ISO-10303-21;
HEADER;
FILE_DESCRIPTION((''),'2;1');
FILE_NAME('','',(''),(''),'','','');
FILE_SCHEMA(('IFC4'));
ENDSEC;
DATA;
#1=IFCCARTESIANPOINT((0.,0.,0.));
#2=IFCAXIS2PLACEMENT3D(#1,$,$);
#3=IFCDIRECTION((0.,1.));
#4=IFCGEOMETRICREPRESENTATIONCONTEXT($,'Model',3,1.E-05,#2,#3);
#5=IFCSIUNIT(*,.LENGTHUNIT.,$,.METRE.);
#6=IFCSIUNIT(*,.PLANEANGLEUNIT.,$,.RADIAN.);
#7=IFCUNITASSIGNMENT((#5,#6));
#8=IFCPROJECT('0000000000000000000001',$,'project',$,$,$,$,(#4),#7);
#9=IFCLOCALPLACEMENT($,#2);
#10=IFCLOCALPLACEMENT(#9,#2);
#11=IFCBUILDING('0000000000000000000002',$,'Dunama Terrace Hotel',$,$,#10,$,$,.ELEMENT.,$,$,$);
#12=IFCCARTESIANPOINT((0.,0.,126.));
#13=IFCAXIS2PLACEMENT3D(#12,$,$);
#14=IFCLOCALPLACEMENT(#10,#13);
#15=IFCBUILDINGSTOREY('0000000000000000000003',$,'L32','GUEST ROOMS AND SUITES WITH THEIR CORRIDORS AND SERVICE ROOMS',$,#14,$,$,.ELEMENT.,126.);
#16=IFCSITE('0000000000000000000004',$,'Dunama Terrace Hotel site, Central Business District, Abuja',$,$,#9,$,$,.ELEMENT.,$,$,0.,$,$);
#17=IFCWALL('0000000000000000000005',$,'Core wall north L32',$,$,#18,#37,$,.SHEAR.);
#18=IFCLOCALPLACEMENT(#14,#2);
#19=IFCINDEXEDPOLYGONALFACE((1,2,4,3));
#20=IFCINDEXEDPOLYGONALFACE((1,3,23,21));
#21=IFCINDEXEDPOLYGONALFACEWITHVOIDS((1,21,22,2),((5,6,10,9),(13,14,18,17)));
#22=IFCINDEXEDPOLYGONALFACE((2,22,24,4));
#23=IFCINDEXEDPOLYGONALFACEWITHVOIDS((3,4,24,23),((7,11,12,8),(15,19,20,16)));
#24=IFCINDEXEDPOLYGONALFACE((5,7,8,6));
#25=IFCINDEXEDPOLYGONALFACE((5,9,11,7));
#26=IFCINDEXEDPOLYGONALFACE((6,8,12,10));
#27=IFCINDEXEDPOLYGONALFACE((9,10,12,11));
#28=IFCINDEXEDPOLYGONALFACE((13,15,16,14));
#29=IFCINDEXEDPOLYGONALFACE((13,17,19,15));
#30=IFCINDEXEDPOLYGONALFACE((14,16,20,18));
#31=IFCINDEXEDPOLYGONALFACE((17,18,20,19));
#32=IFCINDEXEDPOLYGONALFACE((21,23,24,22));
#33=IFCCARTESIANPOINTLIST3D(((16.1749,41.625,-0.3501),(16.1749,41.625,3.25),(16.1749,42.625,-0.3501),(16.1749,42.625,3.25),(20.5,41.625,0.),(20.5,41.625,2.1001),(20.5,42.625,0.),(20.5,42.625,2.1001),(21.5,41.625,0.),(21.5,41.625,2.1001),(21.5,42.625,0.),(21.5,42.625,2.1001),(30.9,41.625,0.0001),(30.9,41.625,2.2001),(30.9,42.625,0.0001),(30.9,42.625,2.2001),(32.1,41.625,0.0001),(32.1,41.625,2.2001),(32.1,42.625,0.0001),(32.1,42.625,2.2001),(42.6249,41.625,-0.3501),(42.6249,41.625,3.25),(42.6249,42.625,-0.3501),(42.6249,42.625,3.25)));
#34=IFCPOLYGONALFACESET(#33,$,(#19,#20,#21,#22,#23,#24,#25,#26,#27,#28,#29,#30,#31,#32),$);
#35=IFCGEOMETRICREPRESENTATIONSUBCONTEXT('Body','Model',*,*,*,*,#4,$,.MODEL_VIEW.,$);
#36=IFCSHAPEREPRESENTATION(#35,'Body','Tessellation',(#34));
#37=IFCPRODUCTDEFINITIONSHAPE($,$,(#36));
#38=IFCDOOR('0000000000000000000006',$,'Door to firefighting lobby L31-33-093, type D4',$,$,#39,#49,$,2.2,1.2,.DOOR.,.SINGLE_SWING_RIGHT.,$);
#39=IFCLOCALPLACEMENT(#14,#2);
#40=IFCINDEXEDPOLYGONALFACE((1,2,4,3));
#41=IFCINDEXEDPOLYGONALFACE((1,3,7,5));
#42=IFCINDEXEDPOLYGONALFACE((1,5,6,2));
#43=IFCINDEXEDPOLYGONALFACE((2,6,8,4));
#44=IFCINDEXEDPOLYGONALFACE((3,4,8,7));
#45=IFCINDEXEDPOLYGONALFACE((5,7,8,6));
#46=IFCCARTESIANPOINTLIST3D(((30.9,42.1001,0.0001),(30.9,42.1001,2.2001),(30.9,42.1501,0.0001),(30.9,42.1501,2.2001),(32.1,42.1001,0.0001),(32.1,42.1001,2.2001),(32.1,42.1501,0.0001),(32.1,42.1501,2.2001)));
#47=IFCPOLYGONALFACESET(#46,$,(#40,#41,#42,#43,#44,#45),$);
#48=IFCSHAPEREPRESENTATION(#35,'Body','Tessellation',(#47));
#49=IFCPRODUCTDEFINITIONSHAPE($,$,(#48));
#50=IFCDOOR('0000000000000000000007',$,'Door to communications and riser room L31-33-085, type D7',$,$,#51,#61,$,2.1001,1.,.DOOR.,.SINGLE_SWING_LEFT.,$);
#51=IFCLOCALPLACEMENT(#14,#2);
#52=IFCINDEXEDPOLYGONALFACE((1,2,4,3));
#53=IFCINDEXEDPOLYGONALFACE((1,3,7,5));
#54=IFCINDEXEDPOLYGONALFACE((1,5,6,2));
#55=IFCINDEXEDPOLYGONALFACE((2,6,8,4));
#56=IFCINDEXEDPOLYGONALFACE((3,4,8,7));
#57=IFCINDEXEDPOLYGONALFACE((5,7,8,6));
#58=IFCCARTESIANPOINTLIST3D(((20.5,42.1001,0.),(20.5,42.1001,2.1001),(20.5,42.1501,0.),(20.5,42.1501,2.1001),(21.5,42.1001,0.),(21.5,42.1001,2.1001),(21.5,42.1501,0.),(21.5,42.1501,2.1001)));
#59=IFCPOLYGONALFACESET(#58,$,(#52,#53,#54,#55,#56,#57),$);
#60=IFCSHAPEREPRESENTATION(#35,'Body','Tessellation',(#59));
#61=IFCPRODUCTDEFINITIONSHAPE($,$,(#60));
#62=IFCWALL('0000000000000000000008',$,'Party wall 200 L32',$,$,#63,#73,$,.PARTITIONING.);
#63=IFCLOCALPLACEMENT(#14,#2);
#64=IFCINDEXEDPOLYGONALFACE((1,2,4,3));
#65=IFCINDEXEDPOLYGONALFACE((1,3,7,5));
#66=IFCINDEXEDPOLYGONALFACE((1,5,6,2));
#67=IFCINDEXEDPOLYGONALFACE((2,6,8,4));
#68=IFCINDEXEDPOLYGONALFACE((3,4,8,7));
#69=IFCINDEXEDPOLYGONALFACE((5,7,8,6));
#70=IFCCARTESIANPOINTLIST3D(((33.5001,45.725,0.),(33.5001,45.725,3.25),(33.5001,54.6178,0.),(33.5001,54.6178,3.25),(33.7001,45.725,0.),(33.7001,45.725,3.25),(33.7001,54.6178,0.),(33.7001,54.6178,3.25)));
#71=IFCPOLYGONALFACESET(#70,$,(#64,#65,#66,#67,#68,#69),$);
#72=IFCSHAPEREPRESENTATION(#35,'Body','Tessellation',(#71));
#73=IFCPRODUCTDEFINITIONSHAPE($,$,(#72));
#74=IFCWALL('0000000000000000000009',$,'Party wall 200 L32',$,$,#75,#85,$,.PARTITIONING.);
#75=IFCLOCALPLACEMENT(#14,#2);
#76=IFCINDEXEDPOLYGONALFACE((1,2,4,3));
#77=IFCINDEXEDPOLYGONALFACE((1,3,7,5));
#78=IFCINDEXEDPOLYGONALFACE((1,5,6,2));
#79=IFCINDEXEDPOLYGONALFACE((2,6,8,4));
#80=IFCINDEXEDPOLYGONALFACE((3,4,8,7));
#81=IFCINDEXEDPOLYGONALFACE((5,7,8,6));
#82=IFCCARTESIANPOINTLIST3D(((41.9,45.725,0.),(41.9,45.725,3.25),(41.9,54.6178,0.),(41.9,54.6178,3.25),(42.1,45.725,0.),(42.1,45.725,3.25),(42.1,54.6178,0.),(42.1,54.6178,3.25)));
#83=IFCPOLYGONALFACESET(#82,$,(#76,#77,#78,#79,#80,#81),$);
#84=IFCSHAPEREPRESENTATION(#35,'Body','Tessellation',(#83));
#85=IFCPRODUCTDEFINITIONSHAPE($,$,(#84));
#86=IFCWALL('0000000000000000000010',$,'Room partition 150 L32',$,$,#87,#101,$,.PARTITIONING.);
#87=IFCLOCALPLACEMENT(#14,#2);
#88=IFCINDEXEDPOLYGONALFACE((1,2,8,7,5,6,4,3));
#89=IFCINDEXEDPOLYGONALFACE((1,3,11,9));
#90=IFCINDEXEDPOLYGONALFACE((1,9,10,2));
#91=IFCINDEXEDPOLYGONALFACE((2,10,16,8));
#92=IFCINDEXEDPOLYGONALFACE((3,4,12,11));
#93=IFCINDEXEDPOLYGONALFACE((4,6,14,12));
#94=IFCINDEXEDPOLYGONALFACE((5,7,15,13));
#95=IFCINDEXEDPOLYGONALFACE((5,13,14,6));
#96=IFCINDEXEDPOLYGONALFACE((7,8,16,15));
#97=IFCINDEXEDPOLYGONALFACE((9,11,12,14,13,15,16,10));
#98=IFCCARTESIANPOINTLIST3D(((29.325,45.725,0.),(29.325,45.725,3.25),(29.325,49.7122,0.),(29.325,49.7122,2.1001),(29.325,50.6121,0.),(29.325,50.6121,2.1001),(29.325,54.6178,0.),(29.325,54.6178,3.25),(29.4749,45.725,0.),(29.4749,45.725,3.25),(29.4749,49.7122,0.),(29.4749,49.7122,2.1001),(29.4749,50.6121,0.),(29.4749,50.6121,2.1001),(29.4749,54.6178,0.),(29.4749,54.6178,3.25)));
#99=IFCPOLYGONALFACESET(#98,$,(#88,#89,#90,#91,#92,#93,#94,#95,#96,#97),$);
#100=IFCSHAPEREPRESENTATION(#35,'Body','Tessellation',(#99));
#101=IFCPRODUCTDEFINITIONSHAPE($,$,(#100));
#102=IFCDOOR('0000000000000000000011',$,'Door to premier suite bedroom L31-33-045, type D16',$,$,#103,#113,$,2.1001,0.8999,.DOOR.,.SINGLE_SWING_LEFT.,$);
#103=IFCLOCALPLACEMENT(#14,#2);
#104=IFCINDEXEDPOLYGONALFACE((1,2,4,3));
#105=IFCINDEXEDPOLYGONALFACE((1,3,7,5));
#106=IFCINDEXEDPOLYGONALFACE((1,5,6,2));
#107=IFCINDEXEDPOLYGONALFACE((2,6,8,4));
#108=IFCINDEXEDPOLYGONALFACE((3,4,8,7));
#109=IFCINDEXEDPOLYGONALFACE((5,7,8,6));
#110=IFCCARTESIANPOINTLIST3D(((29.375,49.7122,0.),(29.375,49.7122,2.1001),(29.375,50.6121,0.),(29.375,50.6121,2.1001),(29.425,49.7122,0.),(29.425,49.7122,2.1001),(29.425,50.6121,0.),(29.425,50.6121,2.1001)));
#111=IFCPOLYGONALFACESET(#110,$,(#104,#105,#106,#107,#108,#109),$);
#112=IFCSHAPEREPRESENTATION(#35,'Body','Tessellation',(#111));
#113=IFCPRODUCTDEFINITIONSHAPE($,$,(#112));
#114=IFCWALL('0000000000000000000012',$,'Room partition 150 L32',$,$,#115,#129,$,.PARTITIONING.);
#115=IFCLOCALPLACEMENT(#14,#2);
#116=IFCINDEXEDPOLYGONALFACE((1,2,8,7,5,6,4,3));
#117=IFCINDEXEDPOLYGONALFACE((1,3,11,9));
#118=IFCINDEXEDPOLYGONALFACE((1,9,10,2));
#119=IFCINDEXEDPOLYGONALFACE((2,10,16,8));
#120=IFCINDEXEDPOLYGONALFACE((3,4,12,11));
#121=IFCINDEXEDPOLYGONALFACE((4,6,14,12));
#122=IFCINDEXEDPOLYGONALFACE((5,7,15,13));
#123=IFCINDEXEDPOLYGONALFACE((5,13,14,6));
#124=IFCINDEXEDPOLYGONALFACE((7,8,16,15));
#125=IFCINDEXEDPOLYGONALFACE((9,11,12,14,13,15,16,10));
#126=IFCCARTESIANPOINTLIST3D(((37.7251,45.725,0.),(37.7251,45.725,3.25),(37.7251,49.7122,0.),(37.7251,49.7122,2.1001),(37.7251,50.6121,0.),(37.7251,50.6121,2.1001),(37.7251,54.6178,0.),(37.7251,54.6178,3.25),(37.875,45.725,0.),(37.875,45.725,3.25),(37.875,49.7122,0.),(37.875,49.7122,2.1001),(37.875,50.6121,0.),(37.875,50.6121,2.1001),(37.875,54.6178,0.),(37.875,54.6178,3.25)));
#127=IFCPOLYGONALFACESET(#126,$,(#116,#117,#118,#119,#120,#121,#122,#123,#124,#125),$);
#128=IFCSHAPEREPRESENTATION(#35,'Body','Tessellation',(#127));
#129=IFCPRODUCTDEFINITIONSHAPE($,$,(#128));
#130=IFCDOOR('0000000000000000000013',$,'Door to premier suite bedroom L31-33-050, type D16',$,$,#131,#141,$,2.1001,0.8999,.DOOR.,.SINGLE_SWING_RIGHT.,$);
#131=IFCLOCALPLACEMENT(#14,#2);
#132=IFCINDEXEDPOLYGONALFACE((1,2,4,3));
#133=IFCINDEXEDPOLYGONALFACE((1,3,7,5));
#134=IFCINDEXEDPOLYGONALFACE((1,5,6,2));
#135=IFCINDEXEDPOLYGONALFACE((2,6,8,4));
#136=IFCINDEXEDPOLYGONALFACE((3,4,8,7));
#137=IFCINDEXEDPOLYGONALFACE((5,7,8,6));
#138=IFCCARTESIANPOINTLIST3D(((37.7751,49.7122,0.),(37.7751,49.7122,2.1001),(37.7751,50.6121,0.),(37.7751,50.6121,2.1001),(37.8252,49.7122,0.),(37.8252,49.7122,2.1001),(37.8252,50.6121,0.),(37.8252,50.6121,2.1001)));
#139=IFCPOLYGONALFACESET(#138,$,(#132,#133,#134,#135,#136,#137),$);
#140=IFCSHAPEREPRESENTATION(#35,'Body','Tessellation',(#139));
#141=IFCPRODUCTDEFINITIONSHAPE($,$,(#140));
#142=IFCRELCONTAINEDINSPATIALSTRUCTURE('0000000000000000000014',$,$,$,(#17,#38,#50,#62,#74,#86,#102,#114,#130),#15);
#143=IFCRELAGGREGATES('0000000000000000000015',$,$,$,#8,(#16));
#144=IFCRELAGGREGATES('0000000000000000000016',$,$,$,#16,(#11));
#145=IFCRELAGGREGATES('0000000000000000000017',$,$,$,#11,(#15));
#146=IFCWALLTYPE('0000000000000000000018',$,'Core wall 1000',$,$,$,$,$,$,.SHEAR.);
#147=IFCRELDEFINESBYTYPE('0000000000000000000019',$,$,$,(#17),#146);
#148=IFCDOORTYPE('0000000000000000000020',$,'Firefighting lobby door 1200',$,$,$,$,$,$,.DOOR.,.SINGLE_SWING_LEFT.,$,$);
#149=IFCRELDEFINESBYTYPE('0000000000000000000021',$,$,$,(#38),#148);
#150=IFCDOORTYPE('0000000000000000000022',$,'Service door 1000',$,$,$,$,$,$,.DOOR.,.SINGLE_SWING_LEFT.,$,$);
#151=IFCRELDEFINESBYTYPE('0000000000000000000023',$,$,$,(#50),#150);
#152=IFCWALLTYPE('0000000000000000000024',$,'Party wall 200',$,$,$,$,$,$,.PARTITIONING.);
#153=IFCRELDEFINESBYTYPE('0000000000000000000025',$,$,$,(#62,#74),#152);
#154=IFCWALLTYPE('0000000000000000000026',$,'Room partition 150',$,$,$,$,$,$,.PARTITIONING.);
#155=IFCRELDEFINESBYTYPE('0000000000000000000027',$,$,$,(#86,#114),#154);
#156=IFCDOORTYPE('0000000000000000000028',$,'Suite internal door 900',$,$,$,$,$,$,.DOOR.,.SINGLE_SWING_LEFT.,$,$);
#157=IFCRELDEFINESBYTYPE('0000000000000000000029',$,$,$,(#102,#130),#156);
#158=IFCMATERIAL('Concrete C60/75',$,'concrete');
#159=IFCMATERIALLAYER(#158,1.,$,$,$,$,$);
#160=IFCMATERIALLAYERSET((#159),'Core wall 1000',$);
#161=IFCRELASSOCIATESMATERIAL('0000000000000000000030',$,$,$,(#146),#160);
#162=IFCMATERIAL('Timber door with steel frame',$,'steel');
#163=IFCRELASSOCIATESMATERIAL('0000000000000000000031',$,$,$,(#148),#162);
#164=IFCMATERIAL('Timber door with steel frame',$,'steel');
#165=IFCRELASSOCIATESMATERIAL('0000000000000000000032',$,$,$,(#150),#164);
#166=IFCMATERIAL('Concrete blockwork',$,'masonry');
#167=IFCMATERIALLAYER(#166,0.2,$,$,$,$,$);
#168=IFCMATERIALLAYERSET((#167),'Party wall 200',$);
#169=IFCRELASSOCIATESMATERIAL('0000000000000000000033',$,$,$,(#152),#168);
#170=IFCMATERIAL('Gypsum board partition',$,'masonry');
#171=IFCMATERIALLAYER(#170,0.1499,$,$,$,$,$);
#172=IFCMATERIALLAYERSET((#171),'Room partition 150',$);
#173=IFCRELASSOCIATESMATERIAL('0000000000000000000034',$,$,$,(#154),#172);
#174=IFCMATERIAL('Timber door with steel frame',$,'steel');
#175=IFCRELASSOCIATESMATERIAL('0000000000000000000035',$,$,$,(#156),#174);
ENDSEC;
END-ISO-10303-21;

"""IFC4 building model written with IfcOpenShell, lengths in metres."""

from ifc_helpers import new_model, si_unit, direction, frame, frame_2d, origin, place, context, subcontext, project, spatial, rectangle, extrude, material, layer, layer_set, type_object, element, fill, save


model = new_model("IFC4")

# Units and contexts
model_context = context("Model", 3, precision=1e-05, world=origin(), true_north=direction((0.0, 1.0)))
body_context = subcontext(model_context, "Body", "Model", "MODEL_VIEW")
ifc_project = project(units=[si_unit("LENGTHUNIT", "METRE"), si_unit("PLANEANGLEUNIT", "RADIAN")], contexts=[model_context])

# Site, building, storey
site_placement = place(None, origin())
site = spatial("IfcSite", under=ifc_project, at=site_placement, Name="Dunama Terrace Hotel site, Central Business District, Abuja", CompositionType="ELEMENT", RefElevation=0.0)
building_placement = place(site_placement, origin())
building = spatial("IfcBuilding", under=site, at=building_placement, Name="Dunama Terrace Hotel", CompositionType="ELEMENT")
storey_placement = place(building_placement, frame((0.0, 0.0, 126.0)))
storey = spatial("IfcBuildingStorey", under=building, at=storey_placement, Name="L32", Description="GUEST ROOMS AND SUITES WITH THEIR CORRIDORS AND SERVICE ROOMS", CompositionType="ELEMENT", Elevation=126.0)

# Wall, openings, doors
ifc_material_1 = material(Name="Concrete C60/75", Category="concrete")
ifc_layer_1 = layer(ifc_material_1, 1.0)
ifc_layer_set_1 = layer_set([ifc_layer_1], Name="Core wall 1000")
wall_type_1 = type_object("IfcWallType", Name="Core wall 1000", PredefinedType="SHEAR", material=ifc_layer_set_1)
wall_1_placement = place(storey_placement, frame((42.625, 42.125, -0.3501), z_axis=(0.0, 0.0, 1.0), x_axis=(-1.0, 0.0, 0.0)))
wall_1 = element("IfcWall", 1, at=wall_1_placement, inside=storey, type_object=wall_type_1, Name="Core wall north L32", PredefinedType="SHEAR", context=body_context, shape_type="SweptSolid", body=[
    extrude(rectangle(XDim=26.45, YDim=1.0, at=frame_2d((13.2251, 0.0))), origin(), (0.0, 0.0, 1.0), 3.6001),
])
opening_1_placement = place(wall_1_placement, frame((21.125, 0.0, 0.3501)))
opening_1 = element("IfcOpeningElement", 2, at=opening_1_placement, cuts=wall_1, PredefinedType="OPENING", context=body_context, shape_type="SweptSolid", body=[
    extrude(rectangle(XDim=1.0, YDim=2.1001, at=frame_2d((0.5, 1.05))), frame((0.0, 0.51, 0.0), z_axis=(0.0, -1.0, 0.0), x_axis=(1.0, 0.0, 0.0)), (0.0, 0.0, 1.0), 1.02),
])
opening_2_placement = place(wall_1_placement, frame((10.5249, 0.0, 0.3501)))
opening_2 = element("IfcOpeningElement", 3, at=opening_2_placement, cuts=wall_1, PredefinedType="OPENING", context=body_context, shape_type="SweptSolid", body=[
    extrude(rectangle(XDim=1.2, YDim=2.2, at=frame_2d((0.6001, 1.1001))), frame((0.0, 0.51, 0.0), z_axis=(0.0, -1.0, 0.0), x_axis=(1.0, 0.0, 0.0)), (0.0, 0.0, 1.0), 1.02),
])
ifc_material_2 = material(Name="Timber door with steel frame", Category="steel")
door_type_1 = type_object("IfcDoorType", Name="Firefighting lobby door 1200", OperationType="SINGLE_SWING_LEFT", PredefinedType="DOOR", material=ifc_material_2)
door_1_placement = place(opening_2_placement, origin())
door_1 = element("IfcDoor", 4, at=door_1_placement, inside=storey, type_object=door_type_1, Name="Door to firefighting lobby L31-33-093, type D4", OperationType="SINGLE_SWING_RIGHT", OverallHeight=2.2, OverallWidth=1.2, PredefinedType="DOOR", context=body_context, shape_type="SweptSolid", body=[
    extrude(rectangle(XDim=1.2, YDim=2.2, at=frame_2d((0.6001, 1.1001))), frame((0.0, 0.0249, 0.0), z_axis=(0.0, -1.0, 0.0), x_axis=(1.0, 0.0, 0.0)), (0.0, 0.0, 1.0), 0.05),
])
fill(opening_2, door_1)
ifc_material_3 = material(Name="Timber door with steel frame", Category="steel")
door_type_2 = type_object("IfcDoorType", Name="Service door 1000", OperationType="SINGLE_SWING_LEFT", PredefinedType="DOOR", material=ifc_material_3)
door_2_placement = place(opening_1_placement, origin())
door_2 = element("IfcDoor", 5, at=door_2_placement, inside=storey, type_object=door_type_2, Name="Door to communications and riser room L31-33-085, type D7", OperationType="SINGLE_SWING_LEFT", OverallHeight=2.1001, OverallWidth=1.0, PredefinedType="DOOR", context=body_context, shape_type="SweptSolid", body=[
    extrude(rectangle(XDim=1.0, YDim=2.1001, at=frame_2d((0.5, 1.05))), frame((0.0, 0.0249, 0.0), z_axis=(0.0, -1.0, 0.0), x_axis=(1.0, 0.0, 0.0)), (0.0, 0.0, 1.0), 0.05),
])
fill(opening_1, door_2)

# Walls
ifc_material_4 = material(Name="Concrete blockwork", Category="masonry")
ifc_layer_2 = layer(ifc_material_4, 0.2)
ifc_layer_set_2 = layer_set([ifc_layer_2], Name="Party wall 200")
wall_type_2 = type_object("IfcWallType", Name="Party wall 200", PredefinedType="PARTITIONING", material=ifc_layer_set_2)
for number, where, z_axis, x_axis, name in (
    (6, (33.6001, 45.7251, 0.0), (0.0, 0.0, 1.0), (0.0, 1.0, 0.0), "Party wall 200 L32"),
    (7, (42.0, 45.7251, 0.0), (0.0, 0.0, 1.0), (0.0, 1.0, 0.0), "Party wall 200 L32"),
):
    element("IfcWall", number, at=place(storey_placement, frame(where, z_axis=z_axis, x_axis=x_axis)), inside=storey, type_object=wall_type_2, Name=name, PredefinedType="PARTITIONING", context=body_context, shape_type="SweptSolid", body=[
        extrude(rectangle(XDim=8.8928, YDim=0.2, at=frame_2d((4.4463, 0.0))), origin(), (0.0, 0.0, 1.0), 3.25),
    ])

# Walls, openings, doors
ifc_material_5 = material(Name="Gypsum board partition", Category="masonry")
ifc_layer_3 = layer(ifc_material_5, 0.1499)
ifc_layer_set_3 = layer_set([ifc_layer_3], Name="Room partition 150")
wall_type_3 = type_object("IfcWallType", Name="Room partition 150", PredefinedType="PARTITIONING", material=ifc_layer_set_3)
wall_2_placement = place(storey_placement, frame((29.3999, 45.7251, 0.0), z_axis=(0.0, 0.0, 1.0), x_axis=(0.0, 1.0, 0.0)))
wall_2 = element("IfcWall", 8, at=wall_2_placement, inside=storey, type_object=wall_type_3, Name="Room partition 150 L32", PredefinedType="PARTITIONING", context=body_context, shape_type="SweptSolid", body=[
    extrude(rectangle(XDim=8.8928, YDim=0.1499, at=frame_2d((4.4463, 0.0))), origin(), (0.0, 0.0, 1.0), 3.25),
])
opening_3_placement = place(wall_2_placement, frame((3.9871, 0.0, 0.0)))
opening_3 = element("IfcOpeningElement", 9, at=opening_3_placement, cuts=wall_2, PredefinedType="OPENING", context=body_context, shape_type="SweptSolid", body=[
    extrude(rectangle(XDim=0.8999, YDim=2.1001, at=frame_2d((0.45, 1.05))), frame((0.0, 0.085, 0.0), z_axis=(0.0, -1.0, 0.0), x_axis=(1.0, 0.0, 0.0)), (0.0, 0.0, 1.0), 0.1699),
])
ifc_material_6 = material(Name="Timber door with steel frame", Category="steel")
door_type_3 = type_object("IfcDoorType", Name="Suite internal door 900", OperationType="SINGLE_SWING_LEFT", PredefinedType="DOOR", material=ifc_material_6)
door_3_placement = place(opening_3_placement, origin())
door_3 = element("IfcDoor", 10, at=door_3_placement, inside=storey, type_object=door_type_3, Name="Door to premier suite bedroom L31-33-045, type D16", OperationType="SINGLE_SWING_LEFT", OverallHeight=2.1001, OverallWidth=0.8999, PredefinedType="DOOR", context=body_context, shape_type="SweptSolid", body=[
    extrude(rectangle(XDim=0.8999, YDim=2.1001, at=frame_2d((0.45, 1.05))), frame((0.0, 0.0249, 0.0), z_axis=(0.0, -1.0, 0.0), x_axis=(1.0, 0.0, 0.0)), (0.0, 0.0, 1.0), 0.05),
])
fill(opening_3, door_3)
wall_3_placement = place(storey_placement, frame((37.8, 45.7251, 0.0), z_axis=(0.0, 0.0, 1.0), x_axis=(0.0, 1.0, 0.0)))
wall_3 = element("IfcWall", 11, at=wall_3_placement, inside=storey, type_object=wall_type_3, Name="Room partition 150 L32", PredefinedType="PARTITIONING", context=body_context, shape_type="SweptSolid", body=[
    extrude(rectangle(XDim=8.8928, YDim=0.1499, at=frame_2d((4.4463, 0.0))), origin(), (0.0, 0.0, 1.0), 3.25),
])
opening_4_placement = place(wall_3_placement, frame((3.9871, 0.0, 0.0)))
opening_4 = element("IfcOpeningElement", 12, at=opening_4_placement, cuts=wall_3, PredefinedType="OPENING", context=body_context, shape_type="SweptSolid", body=[
    extrude(rectangle(XDim=0.8999, YDim=2.1001, at=frame_2d((0.45, 1.05))), frame((0.0, 0.085, 0.0), z_axis=(0.0, -1.0, 0.0), x_axis=(1.0, 0.0, 0.0)), (0.0, 0.0, 1.0), 0.1699),
])
door_4_placement = place(opening_4_placement, frame((0.8999, 0.0, 0.0), z_axis=(0.0, 0.0, 1.0), x_axis=(-1.0, 0.0, 0.0)))
door_4 = element("IfcDoor", 13, at=door_4_placement, inside=storey, type_object=door_type_3, Name="Door to premier suite bedroom L31-33-050, type D16", OperationType="SINGLE_SWING_RIGHT", OverallHeight=2.1001, OverallWidth=0.8999, PredefinedType="DOOR", context=body_context, shape_type="SweptSolid", body=[
    extrude(rectangle(XDim=0.8999, YDim=2.1001, at=frame_2d((0.45, 1.05))), frame((0.0, 0.0251, 0.0), z_axis=(0.0, -1.0, 0.0), x_axis=(1.0, 0.0, 0.0)), (0.0, 0.0, 1.0), 0.05),
])
fill(opening_4, door_4)

save(model, "model.ifc")
